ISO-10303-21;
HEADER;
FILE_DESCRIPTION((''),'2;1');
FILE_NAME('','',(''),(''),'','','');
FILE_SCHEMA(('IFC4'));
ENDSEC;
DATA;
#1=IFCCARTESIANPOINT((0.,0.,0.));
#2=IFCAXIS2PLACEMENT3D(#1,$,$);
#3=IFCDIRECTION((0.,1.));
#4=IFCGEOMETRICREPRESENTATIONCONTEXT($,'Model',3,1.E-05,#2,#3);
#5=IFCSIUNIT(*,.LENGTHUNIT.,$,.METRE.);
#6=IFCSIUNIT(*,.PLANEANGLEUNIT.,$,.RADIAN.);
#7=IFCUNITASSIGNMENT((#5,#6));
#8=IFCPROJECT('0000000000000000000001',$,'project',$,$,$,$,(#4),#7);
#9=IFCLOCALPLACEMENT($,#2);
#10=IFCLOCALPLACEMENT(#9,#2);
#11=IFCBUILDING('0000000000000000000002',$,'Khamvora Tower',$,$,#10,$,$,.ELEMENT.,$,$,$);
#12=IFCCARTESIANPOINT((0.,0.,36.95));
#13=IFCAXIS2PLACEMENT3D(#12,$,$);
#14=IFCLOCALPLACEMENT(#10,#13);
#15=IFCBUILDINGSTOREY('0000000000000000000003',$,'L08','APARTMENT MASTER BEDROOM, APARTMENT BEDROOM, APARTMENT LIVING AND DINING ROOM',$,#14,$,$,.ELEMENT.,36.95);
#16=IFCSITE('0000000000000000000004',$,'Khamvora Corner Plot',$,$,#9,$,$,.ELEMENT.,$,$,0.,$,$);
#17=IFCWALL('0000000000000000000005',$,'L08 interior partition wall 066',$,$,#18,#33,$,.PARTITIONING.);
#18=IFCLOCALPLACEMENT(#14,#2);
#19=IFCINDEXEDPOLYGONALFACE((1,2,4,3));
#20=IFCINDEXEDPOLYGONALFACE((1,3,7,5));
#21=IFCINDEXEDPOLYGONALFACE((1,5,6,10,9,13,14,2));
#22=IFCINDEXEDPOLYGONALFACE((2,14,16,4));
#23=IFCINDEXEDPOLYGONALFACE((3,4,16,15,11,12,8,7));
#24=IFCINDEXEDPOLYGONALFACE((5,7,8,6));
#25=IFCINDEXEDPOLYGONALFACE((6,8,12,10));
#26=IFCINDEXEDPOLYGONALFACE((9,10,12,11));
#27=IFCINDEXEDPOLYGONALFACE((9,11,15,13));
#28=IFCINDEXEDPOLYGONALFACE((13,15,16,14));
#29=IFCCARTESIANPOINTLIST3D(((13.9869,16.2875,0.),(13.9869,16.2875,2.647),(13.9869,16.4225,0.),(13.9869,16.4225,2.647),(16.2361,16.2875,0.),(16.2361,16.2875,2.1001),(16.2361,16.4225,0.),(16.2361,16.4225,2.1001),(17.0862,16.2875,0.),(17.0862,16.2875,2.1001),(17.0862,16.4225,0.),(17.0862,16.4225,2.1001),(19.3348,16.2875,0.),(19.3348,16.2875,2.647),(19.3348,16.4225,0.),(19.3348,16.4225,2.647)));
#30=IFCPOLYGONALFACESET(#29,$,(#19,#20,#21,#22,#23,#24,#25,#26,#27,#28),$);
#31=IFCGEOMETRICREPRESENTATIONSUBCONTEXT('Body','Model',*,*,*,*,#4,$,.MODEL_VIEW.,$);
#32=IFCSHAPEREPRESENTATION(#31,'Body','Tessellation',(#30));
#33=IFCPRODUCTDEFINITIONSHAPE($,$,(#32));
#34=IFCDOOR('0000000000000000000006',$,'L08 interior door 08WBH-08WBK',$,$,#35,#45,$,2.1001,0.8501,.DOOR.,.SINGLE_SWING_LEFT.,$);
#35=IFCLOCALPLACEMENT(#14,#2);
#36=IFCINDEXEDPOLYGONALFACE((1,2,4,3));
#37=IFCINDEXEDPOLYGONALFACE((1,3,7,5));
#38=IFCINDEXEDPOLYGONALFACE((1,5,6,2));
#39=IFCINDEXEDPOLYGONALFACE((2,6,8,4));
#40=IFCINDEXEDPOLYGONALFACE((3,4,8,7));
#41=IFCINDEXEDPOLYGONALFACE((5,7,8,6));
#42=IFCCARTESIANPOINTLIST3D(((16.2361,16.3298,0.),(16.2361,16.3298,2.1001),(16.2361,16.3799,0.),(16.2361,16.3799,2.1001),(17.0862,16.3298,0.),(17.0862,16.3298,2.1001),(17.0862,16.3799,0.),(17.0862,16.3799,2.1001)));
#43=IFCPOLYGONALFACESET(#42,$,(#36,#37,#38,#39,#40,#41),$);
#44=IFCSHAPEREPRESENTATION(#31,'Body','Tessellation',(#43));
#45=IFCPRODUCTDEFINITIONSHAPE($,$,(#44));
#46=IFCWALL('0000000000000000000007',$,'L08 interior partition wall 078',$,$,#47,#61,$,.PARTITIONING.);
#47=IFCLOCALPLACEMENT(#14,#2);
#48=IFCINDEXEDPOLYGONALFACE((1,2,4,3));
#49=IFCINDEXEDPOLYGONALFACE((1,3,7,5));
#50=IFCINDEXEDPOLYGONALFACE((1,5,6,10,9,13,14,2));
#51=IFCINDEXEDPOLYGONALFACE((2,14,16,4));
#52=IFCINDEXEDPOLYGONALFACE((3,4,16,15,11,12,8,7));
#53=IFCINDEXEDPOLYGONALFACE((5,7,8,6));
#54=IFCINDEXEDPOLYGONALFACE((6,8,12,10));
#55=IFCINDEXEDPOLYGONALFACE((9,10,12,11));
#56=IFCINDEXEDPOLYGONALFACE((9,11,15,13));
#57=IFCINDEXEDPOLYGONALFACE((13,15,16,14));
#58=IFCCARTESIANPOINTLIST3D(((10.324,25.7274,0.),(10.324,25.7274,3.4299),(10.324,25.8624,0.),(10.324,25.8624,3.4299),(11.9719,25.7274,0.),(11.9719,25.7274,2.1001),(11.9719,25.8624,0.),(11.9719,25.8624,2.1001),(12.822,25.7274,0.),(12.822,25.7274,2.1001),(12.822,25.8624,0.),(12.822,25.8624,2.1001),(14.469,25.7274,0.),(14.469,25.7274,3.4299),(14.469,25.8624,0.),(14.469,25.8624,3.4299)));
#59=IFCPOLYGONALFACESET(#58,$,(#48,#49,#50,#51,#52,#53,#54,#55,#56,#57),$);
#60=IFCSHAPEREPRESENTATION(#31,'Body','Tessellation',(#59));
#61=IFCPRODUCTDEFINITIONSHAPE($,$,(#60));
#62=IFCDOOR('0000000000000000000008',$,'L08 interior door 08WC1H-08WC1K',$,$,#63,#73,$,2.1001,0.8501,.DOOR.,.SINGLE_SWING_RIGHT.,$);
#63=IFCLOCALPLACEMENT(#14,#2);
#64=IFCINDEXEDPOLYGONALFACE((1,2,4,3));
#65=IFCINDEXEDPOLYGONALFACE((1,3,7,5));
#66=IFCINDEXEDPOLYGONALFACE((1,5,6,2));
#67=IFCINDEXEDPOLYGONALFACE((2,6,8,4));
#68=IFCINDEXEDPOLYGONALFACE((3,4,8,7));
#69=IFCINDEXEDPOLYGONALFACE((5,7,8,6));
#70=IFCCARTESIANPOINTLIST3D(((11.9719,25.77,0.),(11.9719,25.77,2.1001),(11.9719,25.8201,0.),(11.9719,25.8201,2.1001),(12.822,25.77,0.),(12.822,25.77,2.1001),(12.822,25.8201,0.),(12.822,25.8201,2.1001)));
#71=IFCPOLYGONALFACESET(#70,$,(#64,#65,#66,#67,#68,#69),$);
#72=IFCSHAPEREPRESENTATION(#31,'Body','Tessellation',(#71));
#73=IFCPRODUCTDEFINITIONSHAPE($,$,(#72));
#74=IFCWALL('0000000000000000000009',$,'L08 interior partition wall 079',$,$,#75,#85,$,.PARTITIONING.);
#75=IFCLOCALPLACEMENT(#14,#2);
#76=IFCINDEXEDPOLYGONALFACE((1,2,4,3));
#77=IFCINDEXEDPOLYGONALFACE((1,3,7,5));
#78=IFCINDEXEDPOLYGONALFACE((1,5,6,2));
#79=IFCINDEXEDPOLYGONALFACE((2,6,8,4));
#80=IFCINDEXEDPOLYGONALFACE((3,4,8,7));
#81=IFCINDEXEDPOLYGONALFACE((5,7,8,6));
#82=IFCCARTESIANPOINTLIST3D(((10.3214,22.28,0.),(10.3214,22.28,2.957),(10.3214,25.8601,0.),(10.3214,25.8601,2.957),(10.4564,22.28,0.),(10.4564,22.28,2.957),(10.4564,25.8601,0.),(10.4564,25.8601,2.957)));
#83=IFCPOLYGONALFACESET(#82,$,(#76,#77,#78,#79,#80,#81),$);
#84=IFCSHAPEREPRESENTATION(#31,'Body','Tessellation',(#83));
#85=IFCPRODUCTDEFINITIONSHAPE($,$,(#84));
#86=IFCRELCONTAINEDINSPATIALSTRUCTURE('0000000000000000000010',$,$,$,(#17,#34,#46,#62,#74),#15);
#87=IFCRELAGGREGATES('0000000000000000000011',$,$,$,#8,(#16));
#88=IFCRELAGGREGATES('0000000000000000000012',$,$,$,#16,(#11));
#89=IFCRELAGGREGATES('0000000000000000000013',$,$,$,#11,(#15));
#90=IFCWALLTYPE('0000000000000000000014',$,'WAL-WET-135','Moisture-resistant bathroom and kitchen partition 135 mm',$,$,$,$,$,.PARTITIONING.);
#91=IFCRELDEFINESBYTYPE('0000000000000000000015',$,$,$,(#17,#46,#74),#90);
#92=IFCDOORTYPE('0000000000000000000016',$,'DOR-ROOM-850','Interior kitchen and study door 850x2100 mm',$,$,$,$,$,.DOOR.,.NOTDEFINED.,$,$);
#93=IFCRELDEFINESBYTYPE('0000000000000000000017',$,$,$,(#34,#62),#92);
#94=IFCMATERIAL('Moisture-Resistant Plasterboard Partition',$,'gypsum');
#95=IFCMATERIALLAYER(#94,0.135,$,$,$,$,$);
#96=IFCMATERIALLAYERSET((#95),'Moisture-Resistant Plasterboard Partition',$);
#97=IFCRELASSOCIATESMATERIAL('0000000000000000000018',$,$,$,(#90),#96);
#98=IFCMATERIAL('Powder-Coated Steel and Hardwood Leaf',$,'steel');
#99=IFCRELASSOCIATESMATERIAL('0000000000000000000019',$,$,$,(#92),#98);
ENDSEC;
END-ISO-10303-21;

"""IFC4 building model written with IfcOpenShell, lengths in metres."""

from ifc_helpers import new_model, si_unit, direction, frame, frame_2d, origin, place, context, subcontext, project, spatial, rectangle, extrude, material, layer, layer_set, type_object, element, fill, save


model = new_model("IFC4")

# Units and contexts
model_context = context("Model", 3, precision=1e-05, world=origin(), true_north=direction((0.0, 1.0)))
body_context = subcontext(model_context, "Body", "Model", "MODEL_VIEW")
ifc_project = project(units=[si_unit("LENGTHUNIT", "METRE"), si_unit("PLANEANGLEUNIT", "RADIAN")], contexts=[model_context])

# Site, building, storey
site_placement = place(None, origin())
site = spatial("IfcSite", under=ifc_project, at=site_placement, Name="Khamvora Corner Plot", CompositionType="ELEMENT", RefElevation=0.0)
building_placement = place(site_placement, origin())
building = spatial("IfcBuilding", under=site, at=building_placement, Name="Khamvora Tower", CompositionType="ELEMENT")
storey_placement = place(building_placement, frame((0.0, 0.0, 36.95)))
storey = spatial("IfcBuildingStorey", under=building, at=storey_placement, Name="L08", Description="APARTMENT MASTER BEDROOM, APARTMENT BEDROOM, APARTMENT LIVING AND DINING ROOM", CompositionType="ELEMENT", Elevation=36.95)

# Shared definitions
ifc_material_1 = material(Name="Powder-Coated Steel and Hardwood Leaf", Category="steel")

# Shared definitions
ifc_material_2 = material(Name="Moisture-Resistant Plasterboard Partition", Category="gypsum")
ifc_layer_1 = layer(ifc_material_2, 0.135)
ifc_layer_set_1 = layer_set([ifc_layer_1], Name="Moisture-Resistant Plasterboard Partition")
wall_type_1 = type_object("IfcWallType", Name="WAL-WET-135", Description="Moisture-resistant bathroom and kitchen partition 135 mm", PredefinedType="PARTITIONING", material=ifc_layer_set_1)

# Shared definitions
door_type_1 = type_object("IfcDoorType", Name="DOR-ROOM-850", Description="Interior kitchen and study door 850x2100 mm", OperationType="NOTDEFINED", PredefinedType="DOOR", material=ifc_material_1)

# Walls, openings, doors
wall_1_placement = place(storey_placement, frame((13.9871, 16.355, 0.0), z_axis=(0.0, 0.0, 1.0), x_axis=(1.0, 0.0, 0.0)))
wall_1 = element("IfcWall", 1, at=wall_1_placement, inside=storey, type_object=wall_type_1, Name="L08 interior partition wall 066", PredefinedType="PARTITIONING", context=body_context, shape_type="SweptSolid", body=[
    extrude(rectangle(XDim=5.3479, YDim=0.135, at=frame_2d((2.6738, 0.0))), origin(), (0.0, 0.0, 1.0), 2.647),
])
opening_1_placement = place(wall_1_placement, frame((2.249, 0.0, 0.0)))
opening_1 = element("IfcOpeningElement", 2, at=opening_1_placement, cuts=wall_1, PredefinedType="OPENING", context=body_context, shape_type="SweptSolid", body=[
    extrude(rectangle(XDim=0.8501, YDim=2.1001, at=frame_2d((0.425, 1.05))), frame((0.0, 0.0774, 0.0), z_axis=(0.0, -1.0, 0.0), x_axis=(1.0, 0.0, 0.0)), (0.0, 0.0, 1.0), 0.155),
])
door_1_placement = place(opening_1_placement, origin())
door_1 = element("IfcDoor", 3, at=door_1_placement, inside=storey, type_object=door_type_1, Name="L08 interior door 08WBH-08WBK", OperationType="SINGLE_SWING_LEFT", OverallHeight=2.1001, OverallWidth=0.8501, PredefinedType="DOOR", context=body_context, shape_type="SweptSolid", body=[
    extrude(rectangle(XDim=0.8501, YDim=2.1001, at=frame_2d((0.425, 1.05))), frame((0.0, 0.0249, 0.0), z_axis=(0.0, -1.0, 0.0), x_axis=(1.0, 0.0, 0.0)), (0.0, 0.0, 1.0), 0.05),
])
fill(opening_1, door_1)
wall_2_placement = place(storey_placement, frame((14.469, 25.7949, 0.0), z_axis=(0.0, 0.0, 1.0), x_axis=(-1.0, 0.0, 0.0)))
wall_2 = element("IfcWall", 4, at=wall_2_placement, inside=storey, type_object=wall_type_1, Name="L08 interior partition wall 078", PredefinedType="PARTITIONING", context=body_context, shape_type="SweptSolid", body=[
    extrude(rectangle(XDim=4.145, YDim=0.135, at=frame_2d((2.0725, 0.0))), origin(), (0.0, 0.0, 1.0), 3.4299),
])
opening_2_placement = place(wall_2_placement, frame((1.647, 0.0, 0.0)))
opening_2 = element("IfcOpeningElement", 5, at=opening_2_placement, cuts=wall_2, PredefinedType="OPENING", context=body_context, shape_type="SweptSolid", body=[
    extrude(rectangle(XDim=0.8501, YDim=2.1001, at=frame_2d((0.425, 1.05))), frame((0.0, 0.0774, 0.0), z_axis=(0.0, -1.0, 0.0), x_axis=(1.0, 0.0, 0.0)), (0.0, 0.0, 1.0), 0.155),
])
door_2_placement = place(opening_2_placement, origin())
door_2 = element("IfcDoor", 6, at=door_2_placement, inside=storey, type_object=door_type_1, Name="L08 interior door 08WC1H-08WC1K", OperationType="SINGLE_SWING_RIGHT", OverallHeight=2.1001, OverallWidth=0.8501, PredefinedType="DOOR", context=body_context, shape_type="SweptSolid", body=[
    extrude(rectangle(XDim=0.8501, YDim=2.1001, at=frame_2d((0.425, 1.05))), frame((0.0, 0.0249, 0.0), z_axis=(0.0, -1.0, 0.0), x_axis=(1.0, 0.0, 0.0)), (0.0, 0.0, 1.0), 0.05),
])
fill(opening_2, door_2)

# Wall
wall_3_placement = place(storey_placement, frame((10.3889, 25.8601, 0.0), z_axis=(0.0, 0.0, 1.0), x_axis=(0.0, -1.0, 0.0)))
element("IfcWall", 7, at=wall_3_placement, inside=storey, type_object=wall_type_1, Name="L08 interior partition wall 079", PredefinedType="PARTITIONING", context=body_context, shape_type="SweptSolid", body=[
    extrude(rectangle(XDim=3.5801, YDim=0.135, at=frame_2d((1.79, 0.0))), origin(), (0.0, 0.0, 1.0), 2.957),
])

save(model, "model.ifc")
